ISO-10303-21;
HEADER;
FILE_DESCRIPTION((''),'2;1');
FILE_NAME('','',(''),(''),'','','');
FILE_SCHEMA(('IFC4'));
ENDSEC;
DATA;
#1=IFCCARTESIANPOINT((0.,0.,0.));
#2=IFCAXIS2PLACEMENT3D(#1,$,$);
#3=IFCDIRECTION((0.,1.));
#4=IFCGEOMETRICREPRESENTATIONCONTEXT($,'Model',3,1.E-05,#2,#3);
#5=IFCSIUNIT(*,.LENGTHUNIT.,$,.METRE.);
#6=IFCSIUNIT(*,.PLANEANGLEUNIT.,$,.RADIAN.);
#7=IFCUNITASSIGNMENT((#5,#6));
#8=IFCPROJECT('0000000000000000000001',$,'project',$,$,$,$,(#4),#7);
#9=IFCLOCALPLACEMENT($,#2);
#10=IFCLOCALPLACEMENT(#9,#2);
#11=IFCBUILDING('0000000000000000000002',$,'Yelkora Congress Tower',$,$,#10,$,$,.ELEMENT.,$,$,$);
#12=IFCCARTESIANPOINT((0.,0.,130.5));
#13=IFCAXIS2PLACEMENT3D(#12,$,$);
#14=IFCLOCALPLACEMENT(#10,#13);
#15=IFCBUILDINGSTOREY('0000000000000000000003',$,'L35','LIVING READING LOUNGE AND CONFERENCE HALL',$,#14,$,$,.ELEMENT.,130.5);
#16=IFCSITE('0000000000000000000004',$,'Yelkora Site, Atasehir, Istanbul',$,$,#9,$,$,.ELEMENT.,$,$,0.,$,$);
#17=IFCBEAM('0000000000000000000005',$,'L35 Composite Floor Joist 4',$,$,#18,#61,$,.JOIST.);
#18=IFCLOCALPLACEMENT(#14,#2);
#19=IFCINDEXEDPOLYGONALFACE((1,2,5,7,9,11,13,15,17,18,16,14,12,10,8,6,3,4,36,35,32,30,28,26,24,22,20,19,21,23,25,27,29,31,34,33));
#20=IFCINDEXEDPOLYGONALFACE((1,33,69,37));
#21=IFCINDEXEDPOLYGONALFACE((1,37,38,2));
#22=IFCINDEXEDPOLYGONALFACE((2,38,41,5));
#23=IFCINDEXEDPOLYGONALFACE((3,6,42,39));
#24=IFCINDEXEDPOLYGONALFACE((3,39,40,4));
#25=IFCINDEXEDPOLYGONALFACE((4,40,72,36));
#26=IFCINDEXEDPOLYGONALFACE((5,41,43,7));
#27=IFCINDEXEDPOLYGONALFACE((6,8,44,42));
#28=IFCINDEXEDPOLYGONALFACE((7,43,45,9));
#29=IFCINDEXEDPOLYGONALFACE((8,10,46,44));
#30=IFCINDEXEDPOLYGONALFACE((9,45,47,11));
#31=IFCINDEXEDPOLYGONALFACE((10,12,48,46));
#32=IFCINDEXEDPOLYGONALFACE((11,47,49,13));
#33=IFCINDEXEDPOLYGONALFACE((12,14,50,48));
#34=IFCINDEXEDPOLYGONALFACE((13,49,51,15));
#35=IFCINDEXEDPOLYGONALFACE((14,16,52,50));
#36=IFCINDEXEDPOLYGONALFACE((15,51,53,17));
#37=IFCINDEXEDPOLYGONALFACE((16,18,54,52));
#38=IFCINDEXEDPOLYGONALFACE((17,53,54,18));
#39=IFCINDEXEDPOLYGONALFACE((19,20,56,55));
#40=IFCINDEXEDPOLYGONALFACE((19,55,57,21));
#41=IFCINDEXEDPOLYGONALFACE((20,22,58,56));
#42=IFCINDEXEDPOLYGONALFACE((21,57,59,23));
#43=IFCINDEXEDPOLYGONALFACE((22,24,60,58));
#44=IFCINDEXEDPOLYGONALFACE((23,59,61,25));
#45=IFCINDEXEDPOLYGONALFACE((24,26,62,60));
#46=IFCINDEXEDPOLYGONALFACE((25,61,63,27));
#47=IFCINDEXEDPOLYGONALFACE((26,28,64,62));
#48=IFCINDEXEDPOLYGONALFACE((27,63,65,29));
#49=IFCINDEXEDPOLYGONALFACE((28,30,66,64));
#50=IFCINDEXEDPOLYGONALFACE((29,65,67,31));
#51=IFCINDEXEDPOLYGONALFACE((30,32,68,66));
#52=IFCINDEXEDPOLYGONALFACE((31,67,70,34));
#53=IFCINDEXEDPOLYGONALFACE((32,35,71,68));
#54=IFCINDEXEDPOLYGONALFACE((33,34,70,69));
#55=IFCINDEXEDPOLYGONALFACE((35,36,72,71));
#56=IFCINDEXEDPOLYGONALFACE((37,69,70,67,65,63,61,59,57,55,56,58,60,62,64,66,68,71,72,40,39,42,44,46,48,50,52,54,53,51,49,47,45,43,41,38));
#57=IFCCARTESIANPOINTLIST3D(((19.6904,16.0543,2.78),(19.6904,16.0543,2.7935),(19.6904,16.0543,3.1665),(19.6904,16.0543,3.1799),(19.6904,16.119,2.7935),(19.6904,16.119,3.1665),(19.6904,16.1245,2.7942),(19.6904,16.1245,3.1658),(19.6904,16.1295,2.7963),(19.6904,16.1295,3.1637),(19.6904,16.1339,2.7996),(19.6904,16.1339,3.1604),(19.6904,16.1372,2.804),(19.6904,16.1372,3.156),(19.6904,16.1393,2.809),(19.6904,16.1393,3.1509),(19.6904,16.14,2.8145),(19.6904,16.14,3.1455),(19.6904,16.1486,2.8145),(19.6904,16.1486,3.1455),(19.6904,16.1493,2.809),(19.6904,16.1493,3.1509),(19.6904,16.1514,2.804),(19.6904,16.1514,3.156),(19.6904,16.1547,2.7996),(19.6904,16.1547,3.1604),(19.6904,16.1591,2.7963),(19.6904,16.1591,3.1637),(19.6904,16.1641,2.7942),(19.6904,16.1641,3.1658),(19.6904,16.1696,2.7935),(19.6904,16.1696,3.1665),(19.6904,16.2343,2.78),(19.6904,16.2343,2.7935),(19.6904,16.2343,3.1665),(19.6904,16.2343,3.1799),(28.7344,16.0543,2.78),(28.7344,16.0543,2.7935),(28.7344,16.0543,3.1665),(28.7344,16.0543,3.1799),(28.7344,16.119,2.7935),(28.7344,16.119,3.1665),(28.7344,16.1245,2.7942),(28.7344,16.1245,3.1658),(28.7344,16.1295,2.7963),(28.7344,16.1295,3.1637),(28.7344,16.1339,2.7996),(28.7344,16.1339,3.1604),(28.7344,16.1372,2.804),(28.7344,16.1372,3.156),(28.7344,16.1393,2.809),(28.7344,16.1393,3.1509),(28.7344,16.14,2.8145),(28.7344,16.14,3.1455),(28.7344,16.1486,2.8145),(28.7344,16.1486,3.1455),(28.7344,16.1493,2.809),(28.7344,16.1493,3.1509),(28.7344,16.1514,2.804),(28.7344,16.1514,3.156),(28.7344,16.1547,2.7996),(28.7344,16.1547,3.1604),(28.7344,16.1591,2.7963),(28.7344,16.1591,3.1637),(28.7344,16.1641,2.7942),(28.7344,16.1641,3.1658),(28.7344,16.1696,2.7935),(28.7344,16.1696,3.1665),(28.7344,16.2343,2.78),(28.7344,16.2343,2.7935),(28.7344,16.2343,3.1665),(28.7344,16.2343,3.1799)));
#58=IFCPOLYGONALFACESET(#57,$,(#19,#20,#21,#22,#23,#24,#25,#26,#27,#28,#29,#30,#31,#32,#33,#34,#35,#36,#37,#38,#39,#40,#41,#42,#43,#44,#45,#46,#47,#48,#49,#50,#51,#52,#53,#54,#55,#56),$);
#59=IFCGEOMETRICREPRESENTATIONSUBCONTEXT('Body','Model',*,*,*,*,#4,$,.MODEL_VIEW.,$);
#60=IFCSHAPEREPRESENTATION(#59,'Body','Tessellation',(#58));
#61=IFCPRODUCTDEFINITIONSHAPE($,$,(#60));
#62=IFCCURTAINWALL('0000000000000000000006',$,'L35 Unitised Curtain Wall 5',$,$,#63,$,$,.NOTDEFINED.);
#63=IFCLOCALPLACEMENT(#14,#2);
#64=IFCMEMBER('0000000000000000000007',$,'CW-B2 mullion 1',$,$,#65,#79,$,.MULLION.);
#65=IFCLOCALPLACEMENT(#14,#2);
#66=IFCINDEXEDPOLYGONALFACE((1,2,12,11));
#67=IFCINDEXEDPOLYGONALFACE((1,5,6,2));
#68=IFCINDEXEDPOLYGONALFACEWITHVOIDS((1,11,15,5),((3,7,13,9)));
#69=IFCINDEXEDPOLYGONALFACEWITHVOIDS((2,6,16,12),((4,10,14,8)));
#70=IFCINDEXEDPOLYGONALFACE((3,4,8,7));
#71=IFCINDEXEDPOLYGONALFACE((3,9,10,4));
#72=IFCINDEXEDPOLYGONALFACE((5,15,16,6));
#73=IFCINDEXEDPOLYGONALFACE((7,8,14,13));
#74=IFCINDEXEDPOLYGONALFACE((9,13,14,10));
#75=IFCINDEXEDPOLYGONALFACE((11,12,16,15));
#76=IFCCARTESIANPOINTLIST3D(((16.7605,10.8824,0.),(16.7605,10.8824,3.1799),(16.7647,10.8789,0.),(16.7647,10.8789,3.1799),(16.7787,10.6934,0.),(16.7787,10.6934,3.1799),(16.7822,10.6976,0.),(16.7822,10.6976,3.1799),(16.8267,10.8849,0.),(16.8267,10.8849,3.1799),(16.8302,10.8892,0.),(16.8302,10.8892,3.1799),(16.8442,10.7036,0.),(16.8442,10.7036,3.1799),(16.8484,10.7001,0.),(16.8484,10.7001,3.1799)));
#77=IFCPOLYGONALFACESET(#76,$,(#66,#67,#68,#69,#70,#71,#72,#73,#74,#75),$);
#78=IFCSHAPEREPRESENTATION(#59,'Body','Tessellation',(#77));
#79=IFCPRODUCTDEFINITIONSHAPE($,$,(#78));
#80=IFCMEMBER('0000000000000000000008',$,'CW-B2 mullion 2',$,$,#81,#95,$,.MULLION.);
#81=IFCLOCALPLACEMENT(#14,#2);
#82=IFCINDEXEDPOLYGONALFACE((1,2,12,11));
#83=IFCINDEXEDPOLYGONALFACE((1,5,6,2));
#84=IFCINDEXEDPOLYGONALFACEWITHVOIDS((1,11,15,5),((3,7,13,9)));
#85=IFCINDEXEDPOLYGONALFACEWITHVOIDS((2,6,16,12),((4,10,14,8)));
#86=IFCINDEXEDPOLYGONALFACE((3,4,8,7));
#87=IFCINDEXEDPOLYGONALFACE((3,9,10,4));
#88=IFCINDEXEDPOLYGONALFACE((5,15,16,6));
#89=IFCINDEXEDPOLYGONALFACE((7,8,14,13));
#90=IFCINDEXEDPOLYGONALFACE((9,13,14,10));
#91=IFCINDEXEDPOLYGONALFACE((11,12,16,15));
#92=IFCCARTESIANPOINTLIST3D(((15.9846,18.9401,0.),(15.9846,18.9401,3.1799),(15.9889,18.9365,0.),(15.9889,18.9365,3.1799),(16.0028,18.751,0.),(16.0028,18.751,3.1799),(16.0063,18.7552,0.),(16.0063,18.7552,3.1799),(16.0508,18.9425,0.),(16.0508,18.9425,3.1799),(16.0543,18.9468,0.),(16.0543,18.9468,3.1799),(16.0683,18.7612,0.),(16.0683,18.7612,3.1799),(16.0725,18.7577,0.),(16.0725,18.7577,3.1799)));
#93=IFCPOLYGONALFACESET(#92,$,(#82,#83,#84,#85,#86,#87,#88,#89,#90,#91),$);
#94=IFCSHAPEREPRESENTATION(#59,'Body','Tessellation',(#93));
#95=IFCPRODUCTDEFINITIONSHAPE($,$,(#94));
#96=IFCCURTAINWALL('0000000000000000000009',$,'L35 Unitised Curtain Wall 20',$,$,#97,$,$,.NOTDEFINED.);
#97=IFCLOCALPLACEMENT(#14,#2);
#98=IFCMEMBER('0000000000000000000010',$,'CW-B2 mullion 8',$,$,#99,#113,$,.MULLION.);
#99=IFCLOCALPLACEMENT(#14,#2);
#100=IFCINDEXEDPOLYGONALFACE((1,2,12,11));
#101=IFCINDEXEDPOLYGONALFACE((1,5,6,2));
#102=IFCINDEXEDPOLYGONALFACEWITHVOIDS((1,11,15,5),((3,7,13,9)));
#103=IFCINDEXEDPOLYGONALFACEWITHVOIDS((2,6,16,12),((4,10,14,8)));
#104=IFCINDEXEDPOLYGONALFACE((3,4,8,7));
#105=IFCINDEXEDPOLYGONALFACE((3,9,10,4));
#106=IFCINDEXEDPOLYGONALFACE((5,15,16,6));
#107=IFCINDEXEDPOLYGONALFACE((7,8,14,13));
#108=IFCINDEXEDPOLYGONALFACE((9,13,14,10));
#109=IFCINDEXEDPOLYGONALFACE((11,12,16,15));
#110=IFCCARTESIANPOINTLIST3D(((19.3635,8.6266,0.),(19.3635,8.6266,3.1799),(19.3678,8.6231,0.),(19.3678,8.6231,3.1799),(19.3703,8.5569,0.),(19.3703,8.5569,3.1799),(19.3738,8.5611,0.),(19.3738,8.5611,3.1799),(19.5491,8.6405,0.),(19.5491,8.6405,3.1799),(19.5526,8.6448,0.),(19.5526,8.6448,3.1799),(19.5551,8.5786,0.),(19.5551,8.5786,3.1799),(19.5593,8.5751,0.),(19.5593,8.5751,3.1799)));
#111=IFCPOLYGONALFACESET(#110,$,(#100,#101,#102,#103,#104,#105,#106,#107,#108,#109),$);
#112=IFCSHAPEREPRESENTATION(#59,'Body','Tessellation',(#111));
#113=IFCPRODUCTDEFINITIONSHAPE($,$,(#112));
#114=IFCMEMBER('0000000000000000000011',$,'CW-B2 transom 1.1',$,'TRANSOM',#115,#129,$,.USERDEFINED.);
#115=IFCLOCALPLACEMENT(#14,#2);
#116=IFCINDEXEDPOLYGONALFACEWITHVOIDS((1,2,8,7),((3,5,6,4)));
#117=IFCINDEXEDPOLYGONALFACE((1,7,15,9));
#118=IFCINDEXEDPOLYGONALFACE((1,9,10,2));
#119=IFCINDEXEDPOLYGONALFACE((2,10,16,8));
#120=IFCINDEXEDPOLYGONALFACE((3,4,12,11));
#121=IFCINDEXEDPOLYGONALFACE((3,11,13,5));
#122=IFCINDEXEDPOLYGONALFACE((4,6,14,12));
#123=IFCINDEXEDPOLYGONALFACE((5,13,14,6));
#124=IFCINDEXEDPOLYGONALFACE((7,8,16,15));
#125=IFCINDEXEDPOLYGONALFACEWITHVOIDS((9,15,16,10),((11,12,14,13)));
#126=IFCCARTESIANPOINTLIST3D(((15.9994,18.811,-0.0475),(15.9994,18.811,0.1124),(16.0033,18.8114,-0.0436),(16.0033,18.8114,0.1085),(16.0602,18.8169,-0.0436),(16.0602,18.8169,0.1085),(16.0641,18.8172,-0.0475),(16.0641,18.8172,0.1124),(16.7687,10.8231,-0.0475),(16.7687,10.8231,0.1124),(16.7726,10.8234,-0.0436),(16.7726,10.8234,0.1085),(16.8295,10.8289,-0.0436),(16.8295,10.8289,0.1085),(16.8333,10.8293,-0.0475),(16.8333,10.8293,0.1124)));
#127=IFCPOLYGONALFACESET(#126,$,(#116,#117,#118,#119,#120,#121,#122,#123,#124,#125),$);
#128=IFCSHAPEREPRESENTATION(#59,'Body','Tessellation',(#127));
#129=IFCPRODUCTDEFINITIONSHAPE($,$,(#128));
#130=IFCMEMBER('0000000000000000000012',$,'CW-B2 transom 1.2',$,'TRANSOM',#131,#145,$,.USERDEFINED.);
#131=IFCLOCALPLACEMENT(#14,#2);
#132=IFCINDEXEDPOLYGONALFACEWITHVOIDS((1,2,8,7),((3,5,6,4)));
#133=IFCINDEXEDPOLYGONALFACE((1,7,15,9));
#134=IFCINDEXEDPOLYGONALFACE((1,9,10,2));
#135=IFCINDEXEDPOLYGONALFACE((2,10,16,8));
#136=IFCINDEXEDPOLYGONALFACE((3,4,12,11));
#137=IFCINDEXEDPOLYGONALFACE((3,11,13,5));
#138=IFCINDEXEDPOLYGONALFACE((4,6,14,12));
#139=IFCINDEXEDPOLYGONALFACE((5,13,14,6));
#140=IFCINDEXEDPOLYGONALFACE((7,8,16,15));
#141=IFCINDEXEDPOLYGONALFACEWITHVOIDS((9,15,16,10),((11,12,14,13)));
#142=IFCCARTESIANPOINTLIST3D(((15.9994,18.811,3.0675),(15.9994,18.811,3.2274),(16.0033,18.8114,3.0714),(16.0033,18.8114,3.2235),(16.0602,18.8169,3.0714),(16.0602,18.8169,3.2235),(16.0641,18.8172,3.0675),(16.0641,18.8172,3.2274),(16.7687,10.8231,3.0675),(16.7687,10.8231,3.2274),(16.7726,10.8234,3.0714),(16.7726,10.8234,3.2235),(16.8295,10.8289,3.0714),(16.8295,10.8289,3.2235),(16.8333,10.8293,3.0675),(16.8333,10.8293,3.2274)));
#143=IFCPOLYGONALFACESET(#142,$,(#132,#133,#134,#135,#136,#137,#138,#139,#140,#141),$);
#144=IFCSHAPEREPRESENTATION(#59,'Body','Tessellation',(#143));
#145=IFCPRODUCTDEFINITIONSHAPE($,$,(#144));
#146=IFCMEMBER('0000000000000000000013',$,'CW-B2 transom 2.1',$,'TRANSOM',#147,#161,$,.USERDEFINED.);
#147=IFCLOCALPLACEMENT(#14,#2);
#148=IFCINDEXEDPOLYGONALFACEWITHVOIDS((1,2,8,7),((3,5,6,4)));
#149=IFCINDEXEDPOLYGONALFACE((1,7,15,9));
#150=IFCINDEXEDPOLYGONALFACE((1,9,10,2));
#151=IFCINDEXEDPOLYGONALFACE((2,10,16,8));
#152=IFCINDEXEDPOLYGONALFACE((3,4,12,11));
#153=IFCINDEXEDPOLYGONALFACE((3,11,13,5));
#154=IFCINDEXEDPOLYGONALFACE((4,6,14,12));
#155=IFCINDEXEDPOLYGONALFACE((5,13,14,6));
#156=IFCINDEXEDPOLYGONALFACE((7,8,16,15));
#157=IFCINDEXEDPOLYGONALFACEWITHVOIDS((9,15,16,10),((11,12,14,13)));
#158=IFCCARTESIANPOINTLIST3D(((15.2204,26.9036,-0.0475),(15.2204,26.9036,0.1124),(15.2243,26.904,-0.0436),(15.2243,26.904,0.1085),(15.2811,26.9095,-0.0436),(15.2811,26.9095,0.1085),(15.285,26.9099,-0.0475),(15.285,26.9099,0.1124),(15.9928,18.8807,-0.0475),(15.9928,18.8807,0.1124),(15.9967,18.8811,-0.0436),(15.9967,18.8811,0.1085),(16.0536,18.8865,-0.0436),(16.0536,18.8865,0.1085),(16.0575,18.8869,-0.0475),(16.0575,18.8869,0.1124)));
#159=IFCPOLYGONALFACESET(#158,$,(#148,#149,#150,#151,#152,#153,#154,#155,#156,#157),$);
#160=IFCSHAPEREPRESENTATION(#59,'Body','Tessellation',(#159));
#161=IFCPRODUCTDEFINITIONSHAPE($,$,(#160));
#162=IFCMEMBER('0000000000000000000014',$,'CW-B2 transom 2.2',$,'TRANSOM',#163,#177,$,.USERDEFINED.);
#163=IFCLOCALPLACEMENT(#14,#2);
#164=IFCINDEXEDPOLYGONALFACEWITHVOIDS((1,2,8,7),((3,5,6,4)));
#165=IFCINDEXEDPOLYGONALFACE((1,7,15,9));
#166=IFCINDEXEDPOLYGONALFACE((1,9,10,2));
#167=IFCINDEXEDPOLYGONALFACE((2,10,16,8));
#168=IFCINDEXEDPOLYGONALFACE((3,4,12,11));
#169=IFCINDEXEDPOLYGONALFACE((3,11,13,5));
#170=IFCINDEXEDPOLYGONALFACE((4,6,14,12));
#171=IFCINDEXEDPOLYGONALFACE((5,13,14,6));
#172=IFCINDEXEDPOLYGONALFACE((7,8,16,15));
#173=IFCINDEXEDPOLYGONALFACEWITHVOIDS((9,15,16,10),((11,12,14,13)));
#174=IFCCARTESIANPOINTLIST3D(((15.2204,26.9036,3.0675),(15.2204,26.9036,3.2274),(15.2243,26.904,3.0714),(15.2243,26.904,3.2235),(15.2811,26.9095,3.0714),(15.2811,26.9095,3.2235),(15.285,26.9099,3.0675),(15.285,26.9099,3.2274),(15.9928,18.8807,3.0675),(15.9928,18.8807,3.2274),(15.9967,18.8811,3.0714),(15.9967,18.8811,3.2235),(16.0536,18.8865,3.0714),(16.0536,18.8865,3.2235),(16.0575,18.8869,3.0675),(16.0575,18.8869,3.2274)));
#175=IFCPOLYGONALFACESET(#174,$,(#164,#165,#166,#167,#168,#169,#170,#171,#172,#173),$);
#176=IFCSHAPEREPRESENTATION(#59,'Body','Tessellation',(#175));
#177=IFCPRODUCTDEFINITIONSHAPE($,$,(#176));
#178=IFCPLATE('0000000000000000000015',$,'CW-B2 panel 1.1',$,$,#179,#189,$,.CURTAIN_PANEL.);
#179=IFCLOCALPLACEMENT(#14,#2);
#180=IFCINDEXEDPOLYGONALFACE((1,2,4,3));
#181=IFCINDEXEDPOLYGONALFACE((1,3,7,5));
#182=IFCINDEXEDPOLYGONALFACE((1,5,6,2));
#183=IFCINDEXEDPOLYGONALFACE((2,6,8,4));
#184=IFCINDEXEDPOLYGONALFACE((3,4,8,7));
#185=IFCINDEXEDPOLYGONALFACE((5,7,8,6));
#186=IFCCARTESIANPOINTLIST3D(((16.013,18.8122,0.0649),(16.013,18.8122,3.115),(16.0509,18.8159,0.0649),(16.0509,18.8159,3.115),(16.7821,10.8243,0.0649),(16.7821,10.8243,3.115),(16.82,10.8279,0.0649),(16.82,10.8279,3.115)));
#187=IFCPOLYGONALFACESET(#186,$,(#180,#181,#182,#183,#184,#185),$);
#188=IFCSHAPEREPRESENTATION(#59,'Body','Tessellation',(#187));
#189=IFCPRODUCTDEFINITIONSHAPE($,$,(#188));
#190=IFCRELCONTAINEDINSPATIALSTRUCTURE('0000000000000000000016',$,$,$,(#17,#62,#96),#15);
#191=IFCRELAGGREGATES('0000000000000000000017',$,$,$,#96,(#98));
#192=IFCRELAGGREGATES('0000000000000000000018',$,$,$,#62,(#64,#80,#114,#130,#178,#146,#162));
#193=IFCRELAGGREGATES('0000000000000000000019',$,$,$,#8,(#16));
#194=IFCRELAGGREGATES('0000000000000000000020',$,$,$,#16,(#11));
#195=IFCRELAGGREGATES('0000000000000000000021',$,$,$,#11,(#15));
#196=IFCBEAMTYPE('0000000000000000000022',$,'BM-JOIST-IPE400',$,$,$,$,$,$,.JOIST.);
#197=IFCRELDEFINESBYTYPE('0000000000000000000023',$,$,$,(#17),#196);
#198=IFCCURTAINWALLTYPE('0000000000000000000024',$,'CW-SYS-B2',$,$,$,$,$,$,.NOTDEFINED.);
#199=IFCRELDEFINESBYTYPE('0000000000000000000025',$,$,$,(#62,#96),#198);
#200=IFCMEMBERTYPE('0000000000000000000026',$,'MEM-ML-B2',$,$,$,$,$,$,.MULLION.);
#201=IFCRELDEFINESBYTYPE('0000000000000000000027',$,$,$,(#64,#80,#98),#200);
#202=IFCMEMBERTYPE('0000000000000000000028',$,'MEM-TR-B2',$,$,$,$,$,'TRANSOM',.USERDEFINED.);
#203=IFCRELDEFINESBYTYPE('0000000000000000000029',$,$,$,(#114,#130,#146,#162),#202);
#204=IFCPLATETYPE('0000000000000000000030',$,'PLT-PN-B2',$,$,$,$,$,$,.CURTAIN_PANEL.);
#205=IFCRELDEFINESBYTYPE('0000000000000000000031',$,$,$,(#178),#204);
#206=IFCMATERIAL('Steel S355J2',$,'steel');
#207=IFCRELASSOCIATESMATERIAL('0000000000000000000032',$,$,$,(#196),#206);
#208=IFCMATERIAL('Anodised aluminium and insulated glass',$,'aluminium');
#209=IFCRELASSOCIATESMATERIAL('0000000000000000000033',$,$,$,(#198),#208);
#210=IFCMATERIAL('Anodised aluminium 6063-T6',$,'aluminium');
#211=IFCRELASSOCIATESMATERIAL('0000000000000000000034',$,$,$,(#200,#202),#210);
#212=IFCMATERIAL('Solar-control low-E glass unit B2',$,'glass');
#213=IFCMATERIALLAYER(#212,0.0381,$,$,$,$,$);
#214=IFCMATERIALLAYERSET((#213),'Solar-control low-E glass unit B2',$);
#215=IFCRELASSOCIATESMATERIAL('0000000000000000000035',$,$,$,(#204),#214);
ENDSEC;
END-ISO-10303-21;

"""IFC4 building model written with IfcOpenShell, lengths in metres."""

from ifc_helpers import new_model, si_unit, direction, frame, origin, origin_2d, place, context, subcontext, project, spatial, rectangle, hollow_rectangle, i_section, extrude, material, layer, layer_set, material_profile, profile_set, type_object, element, aggregate, save


model = new_model("IFC4")

# Units and contexts
model_context = context("Model", 3, precision=1e-05, world=origin(), true_north=direction((0.0, 1.0)))
body_context = subcontext(model_context, "Body", "Model", "MODEL_VIEW")
ifc_project = project(units=[si_unit("LENGTHUNIT", "METRE"), si_unit("PLANEANGLEUNIT", "RADIAN")], contexts=[model_context])

# Site, building, storey
site_placement = place(None, origin())
site = spatial("IfcSite", under=ifc_project, at=site_placement, Name="Yelkora Site, Atasehir, Istanbul", CompositionType="ELEMENT", RefElevation=0.0)
building_placement = place(site_placement, origin())
building = spatial("IfcBuilding", under=site, at=building_placement, Name="Yelkora Congress Tower", CompositionType="ELEMENT")
storey_placement = place(building_placement, frame((0.0, 0.0, 130.5)))
storey = spatial("IfcBuildingStorey", under=building, at=storey_placement, Name="L35", Description="LIVING READING LOUNGE AND CONFERENCE HALL", CompositionType="ELEMENT", Elevation=130.5)

# Beam
ifc_material_1 = material(Name="Steel S355J2", Category="steel")
ifc_material_profile_1 = material_profile(ifc_material_1, i_section(OverallWidth=0.1799, OverallDepth=0.3999, WebThickness=0.0085, FlangeThickness=0.0134, FilletRadius=0.021, at=origin_2d()), Name="IPE 400")
ifc_profile_set_1 = profile_set([ifc_material_profile_1], Name="Steel S355J2")
beam_type = type_object("IfcBeamType", Name="BM-JOIST-IPE400", PredefinedType="JOIST", material=ifc_profile_set_1)
beam_placement = place(storey_placement, frame((19.6904, 16.1443, 2.98), z_axis=(1.0, 0.0, 0.0), x_axis=(0.0, 1.0, 0.0)))
element("IfcBeam", 1, at=beam_placement, inside=storey, type_object=beam_type, Name="L35 Composite Floor Joist 4", PredefinedType="JOIST", context=body_context, shape_type="SweptSolid", body=[
    extrude(i_section(OverallWidth=0.1799, OverallDepth=0.3999, WebThickness=0.0085, FlangeThickness=0.0134, FilletRadius=0.021, at=origin_2d()), origin(), (0.0, 0.0, 1.0), 9.0439),
])

# Curtain wall, members
ifc_material_2 = material(Name="Anodised aluminium and insulated glass", Category="aluminium")
curtain_wall_type = type_object("IfcCurtainWallType", Name="CW-SYS-B2", PredefinedType="NOTDEFINED", material=ifc_material_2)
curtain_wall_1_placement = place(storey_placement, origin())
curtain_wall_1 = element("IfcCurtainWall", 2, at=curtain_wall_1_placement, inside=storey, type_object=curtain_wall_type, Name="L35 Unitised Curtain Wall 5", PredefinedType="NOTDEFINED")
ifc_material_3 = material(Name="Anodised aluminium 6063-T6", Category="aluminium")
ifc_material_profile_2 = material_profile(ifc_material_3, hollow_rectangle(XDim=0.0701, YDim=0.1899, WallThickness=0.0039, at=origin_2d()), Name="ALU 70x190x4")
ifc_profile_set_2 = profile_set([ifc_material_profile_2], Name="Anodised aluminium 6063-T6")
member_type_1 = type_object("IfcMemberType", Name="MEM-ML-B2", PredefinedType="MULLION", material=ifc_profile_set_2)
member_1_placement = place(storey_placement, frame((16.8044, 10.7913, 0.0), z_axis=(0.0, 0.0, 1.0), x_axis=(-0.995397, -0.095843, 0.0)))
member_1 = element("IfcMember", 3, at=member_1_placement, type_object=member_type_1, Name="CW-B2 mullion 1", PredefinedType="MULLION", context=body_context, shape_type="SweptSolid", body=[
    extrude(hollow_rectangle(XDim=0.0701, YDim=0.1899, WallThickness=0.0039, at=origin_2d()), origin(), (0.0, 0.0, 1.0), 3.1799),
])
member_2_placement = place(storey_placement, frame((16.0286, 18.8489, 0.0), z_axis=(0.0, 0.0, 1.0), x_axis=(-0.995397, -0.095843, 0.0)))
member_2 = element("IfcMember", 4, at=member_2_placement, type_object=member_type_1, Name="CW-B2 mullion 2", PredefinedType="MULLION", context=body_context, shape_type="SweptSolid", body=[
    extrude(hollow_rectangle(XDim=0.0701, YDim=0.1899, WallThickness=0.0039, at=origin_2d()), origin(), (0.0, 0.0, 1.0), 3.1799),
])

# Curtain wall, member
curtain_wall_2_placement = place(storey_placement, origin())
curtain_wall_2 = element("IfcCurtainWall", 5, at=curtain_wall_2_placement, inside=storey, type_object=curtain_wall_type, Name="L35 Unitised Curtain Wall 20", PredefinedType="NOTDEFINED")
member_3_placement = place(storey_placement, frame((19.4614, 8.6008, 0.0), z_axis=(0.0, 0.0, 1.0), x_axis=(0.095844, -0.995396, 0.0)))
member_3 = element("IfcMember", 6, at=member_3_placement, type_object=member_type_1, Name="CW-B2 mullion 8", PredefinedType="MULLION", context=body_context, shape_type="SweptSolid", body=[
    extrude(hollow_rectangle(XDim=0.0701, YDim=0.1899, WallThickness=0.0039, at=origin_2d()), origin(), (0.0, 0.0, 1.0), 3.1799),
])
aggregate(curtain_wall_2, [member_3])

# Members
ifc_material_profile_3 = material_profile(ifc_material_3, hollow_rectangle(XDim=0.0649, YDim=0.1599, WallThickness=0.0039, at=origin_2d()), Name="ALU 65x160x4")
ifc_profile_set_3 = profile_set([ifc_material_profile_3], Name="Anodised aluminium 6063-T6")
member_type_2 = type_object("IfcMemberType", Name="MEM-TR-B2", ElementType="TRANSOM", PredefinedType="USERDEFINED", material=ifc_profile_set_3)
member_4_placement = place(storey_placement, frame((16.801, 10.8262, 0.0325), z_axis=(-0.095861, 0.995395, 0.0), x_axis=(-0.995395, -0.095861, 0.0)))
member_4 = element("IfcMember", 7, at=member_4_placement, type_object=member_type_2, Name="CW-B2 transom 1.1", ObjectType="TRANSOM", PredefinedType="USERDEFINED", context=body_context, shape_type="SweptSolid", body=[
    extrude(hollow_rectangle(XDim=0.0649, YDim=0.1599, WallThickness=0.0039, at=origin_2d()), origin(), (0.0, 0.0, 1.0), 8.0249),
])
member_5_placement = place(storey_placement, frame((16.801, 10.8262, 3.1475), z_axis=(-0.095861, 0.995395, 0.0), x_axis=(-0.995395, -0.095861, 0.0)))
member_5 = element("IfcMember", 8, at=member_5_placement, type_object=member_type_2, Name="CW-B2 transom 1.2", ObjectType="TRANSOM", PredefinedType="USERDEFINED", context=body_context, shape_type="SweptSolid", body=[
    extrude(hollow_rectangle(XDim=0.0649, YDim=0.1599, WallThickness=0.0039, at=origin_2d()), origin(), (0.0, 0.0, 1.0), 8.0249),
])
member_6_placement = place(storey_placement, frame((16.0251, 18.8838, 0.0325), z_axis=(-0.095838, 0.995397, 0.0), x_axis=(-0.995397, -0.095838, 0.0)))
member_6 = element("IfcMember", 9, at=member_6_placement, type_object=member_type_2, Name="CW-B2 transom 2.1", ObjectType="TRANSOM", PredefinedType="USERDEFINED", context=body_context, shape_type="SweptSolid", body=[
    extrude(hollow_rectangle(XDim=0.0649, YDim=0.1599, WallThickness=0.0039, at=origin_2d()), origin(), (0.0, 0.0, 1.0), 8.0601),
])
member_7_placement = place(storey_placement, frame((16.0251, 18.8838, 3.1475), z_axis=(-0.095838, 0.995397, 0.0), x_axis=(-0.995397, -0.095838, 0.0)))
member_7 = element("IfcMember", 10, at=member_7_placement, type_object=member_type_2, Name="CW-B2 transom 2.2", ObjectType="TRANSOM", PredefinedType="USERDEFINED", context=body_context, shape_type="SweptSolid", body=[
    extrude(hollow_rectangle(XDim=0.0649, YDim=0.1599, WallThickness=0.0039, at=origin_2d()), origin(), (0.0, 0.0, 1.0), 8.0601),
])

# Plate
ifc_material_4 = material(Name="Solar-control low-E glass unit B2", Category="glass")
ifc_layer_1 = layer(ifc_material_4, 0.0381)
ifc_layer_set_1 = layer_set([ifc_layer_1], Name="Solar-control low-E glass unit B2")
plate_type = type_object("IfcPlateType", Name="PLT-PN-B2", PredefinedType="CURTAIN_PANEL", material=ifc_layer_set_1)
plate_placement = place(storey_placement, frame((16.4165, 14.8201, 0.0649), z_axis=(0.0, 0.0, 1.0), x_axis=(-0.095843, 0.995397, 0.0)))
plate = element("IfcPlate", 11, at=plate_placement, type_object=plate_type, Name="CW-B2 panel 1.1", PredefinedType="CURTAIN_PANEL", context=body_context, shape_type="SweptSolid", body=[
    extrude(rectangle(XDim=8.0249, YDim=0.0381, at=origin_2d()), origin(), (0.0, 0.0, 1.0), 3.05),
])
aggregate(curtain_wall_1, [member_1, member_2, member_4, member_5, plate, member_6, member_7])

save(model, "model.ifc")
